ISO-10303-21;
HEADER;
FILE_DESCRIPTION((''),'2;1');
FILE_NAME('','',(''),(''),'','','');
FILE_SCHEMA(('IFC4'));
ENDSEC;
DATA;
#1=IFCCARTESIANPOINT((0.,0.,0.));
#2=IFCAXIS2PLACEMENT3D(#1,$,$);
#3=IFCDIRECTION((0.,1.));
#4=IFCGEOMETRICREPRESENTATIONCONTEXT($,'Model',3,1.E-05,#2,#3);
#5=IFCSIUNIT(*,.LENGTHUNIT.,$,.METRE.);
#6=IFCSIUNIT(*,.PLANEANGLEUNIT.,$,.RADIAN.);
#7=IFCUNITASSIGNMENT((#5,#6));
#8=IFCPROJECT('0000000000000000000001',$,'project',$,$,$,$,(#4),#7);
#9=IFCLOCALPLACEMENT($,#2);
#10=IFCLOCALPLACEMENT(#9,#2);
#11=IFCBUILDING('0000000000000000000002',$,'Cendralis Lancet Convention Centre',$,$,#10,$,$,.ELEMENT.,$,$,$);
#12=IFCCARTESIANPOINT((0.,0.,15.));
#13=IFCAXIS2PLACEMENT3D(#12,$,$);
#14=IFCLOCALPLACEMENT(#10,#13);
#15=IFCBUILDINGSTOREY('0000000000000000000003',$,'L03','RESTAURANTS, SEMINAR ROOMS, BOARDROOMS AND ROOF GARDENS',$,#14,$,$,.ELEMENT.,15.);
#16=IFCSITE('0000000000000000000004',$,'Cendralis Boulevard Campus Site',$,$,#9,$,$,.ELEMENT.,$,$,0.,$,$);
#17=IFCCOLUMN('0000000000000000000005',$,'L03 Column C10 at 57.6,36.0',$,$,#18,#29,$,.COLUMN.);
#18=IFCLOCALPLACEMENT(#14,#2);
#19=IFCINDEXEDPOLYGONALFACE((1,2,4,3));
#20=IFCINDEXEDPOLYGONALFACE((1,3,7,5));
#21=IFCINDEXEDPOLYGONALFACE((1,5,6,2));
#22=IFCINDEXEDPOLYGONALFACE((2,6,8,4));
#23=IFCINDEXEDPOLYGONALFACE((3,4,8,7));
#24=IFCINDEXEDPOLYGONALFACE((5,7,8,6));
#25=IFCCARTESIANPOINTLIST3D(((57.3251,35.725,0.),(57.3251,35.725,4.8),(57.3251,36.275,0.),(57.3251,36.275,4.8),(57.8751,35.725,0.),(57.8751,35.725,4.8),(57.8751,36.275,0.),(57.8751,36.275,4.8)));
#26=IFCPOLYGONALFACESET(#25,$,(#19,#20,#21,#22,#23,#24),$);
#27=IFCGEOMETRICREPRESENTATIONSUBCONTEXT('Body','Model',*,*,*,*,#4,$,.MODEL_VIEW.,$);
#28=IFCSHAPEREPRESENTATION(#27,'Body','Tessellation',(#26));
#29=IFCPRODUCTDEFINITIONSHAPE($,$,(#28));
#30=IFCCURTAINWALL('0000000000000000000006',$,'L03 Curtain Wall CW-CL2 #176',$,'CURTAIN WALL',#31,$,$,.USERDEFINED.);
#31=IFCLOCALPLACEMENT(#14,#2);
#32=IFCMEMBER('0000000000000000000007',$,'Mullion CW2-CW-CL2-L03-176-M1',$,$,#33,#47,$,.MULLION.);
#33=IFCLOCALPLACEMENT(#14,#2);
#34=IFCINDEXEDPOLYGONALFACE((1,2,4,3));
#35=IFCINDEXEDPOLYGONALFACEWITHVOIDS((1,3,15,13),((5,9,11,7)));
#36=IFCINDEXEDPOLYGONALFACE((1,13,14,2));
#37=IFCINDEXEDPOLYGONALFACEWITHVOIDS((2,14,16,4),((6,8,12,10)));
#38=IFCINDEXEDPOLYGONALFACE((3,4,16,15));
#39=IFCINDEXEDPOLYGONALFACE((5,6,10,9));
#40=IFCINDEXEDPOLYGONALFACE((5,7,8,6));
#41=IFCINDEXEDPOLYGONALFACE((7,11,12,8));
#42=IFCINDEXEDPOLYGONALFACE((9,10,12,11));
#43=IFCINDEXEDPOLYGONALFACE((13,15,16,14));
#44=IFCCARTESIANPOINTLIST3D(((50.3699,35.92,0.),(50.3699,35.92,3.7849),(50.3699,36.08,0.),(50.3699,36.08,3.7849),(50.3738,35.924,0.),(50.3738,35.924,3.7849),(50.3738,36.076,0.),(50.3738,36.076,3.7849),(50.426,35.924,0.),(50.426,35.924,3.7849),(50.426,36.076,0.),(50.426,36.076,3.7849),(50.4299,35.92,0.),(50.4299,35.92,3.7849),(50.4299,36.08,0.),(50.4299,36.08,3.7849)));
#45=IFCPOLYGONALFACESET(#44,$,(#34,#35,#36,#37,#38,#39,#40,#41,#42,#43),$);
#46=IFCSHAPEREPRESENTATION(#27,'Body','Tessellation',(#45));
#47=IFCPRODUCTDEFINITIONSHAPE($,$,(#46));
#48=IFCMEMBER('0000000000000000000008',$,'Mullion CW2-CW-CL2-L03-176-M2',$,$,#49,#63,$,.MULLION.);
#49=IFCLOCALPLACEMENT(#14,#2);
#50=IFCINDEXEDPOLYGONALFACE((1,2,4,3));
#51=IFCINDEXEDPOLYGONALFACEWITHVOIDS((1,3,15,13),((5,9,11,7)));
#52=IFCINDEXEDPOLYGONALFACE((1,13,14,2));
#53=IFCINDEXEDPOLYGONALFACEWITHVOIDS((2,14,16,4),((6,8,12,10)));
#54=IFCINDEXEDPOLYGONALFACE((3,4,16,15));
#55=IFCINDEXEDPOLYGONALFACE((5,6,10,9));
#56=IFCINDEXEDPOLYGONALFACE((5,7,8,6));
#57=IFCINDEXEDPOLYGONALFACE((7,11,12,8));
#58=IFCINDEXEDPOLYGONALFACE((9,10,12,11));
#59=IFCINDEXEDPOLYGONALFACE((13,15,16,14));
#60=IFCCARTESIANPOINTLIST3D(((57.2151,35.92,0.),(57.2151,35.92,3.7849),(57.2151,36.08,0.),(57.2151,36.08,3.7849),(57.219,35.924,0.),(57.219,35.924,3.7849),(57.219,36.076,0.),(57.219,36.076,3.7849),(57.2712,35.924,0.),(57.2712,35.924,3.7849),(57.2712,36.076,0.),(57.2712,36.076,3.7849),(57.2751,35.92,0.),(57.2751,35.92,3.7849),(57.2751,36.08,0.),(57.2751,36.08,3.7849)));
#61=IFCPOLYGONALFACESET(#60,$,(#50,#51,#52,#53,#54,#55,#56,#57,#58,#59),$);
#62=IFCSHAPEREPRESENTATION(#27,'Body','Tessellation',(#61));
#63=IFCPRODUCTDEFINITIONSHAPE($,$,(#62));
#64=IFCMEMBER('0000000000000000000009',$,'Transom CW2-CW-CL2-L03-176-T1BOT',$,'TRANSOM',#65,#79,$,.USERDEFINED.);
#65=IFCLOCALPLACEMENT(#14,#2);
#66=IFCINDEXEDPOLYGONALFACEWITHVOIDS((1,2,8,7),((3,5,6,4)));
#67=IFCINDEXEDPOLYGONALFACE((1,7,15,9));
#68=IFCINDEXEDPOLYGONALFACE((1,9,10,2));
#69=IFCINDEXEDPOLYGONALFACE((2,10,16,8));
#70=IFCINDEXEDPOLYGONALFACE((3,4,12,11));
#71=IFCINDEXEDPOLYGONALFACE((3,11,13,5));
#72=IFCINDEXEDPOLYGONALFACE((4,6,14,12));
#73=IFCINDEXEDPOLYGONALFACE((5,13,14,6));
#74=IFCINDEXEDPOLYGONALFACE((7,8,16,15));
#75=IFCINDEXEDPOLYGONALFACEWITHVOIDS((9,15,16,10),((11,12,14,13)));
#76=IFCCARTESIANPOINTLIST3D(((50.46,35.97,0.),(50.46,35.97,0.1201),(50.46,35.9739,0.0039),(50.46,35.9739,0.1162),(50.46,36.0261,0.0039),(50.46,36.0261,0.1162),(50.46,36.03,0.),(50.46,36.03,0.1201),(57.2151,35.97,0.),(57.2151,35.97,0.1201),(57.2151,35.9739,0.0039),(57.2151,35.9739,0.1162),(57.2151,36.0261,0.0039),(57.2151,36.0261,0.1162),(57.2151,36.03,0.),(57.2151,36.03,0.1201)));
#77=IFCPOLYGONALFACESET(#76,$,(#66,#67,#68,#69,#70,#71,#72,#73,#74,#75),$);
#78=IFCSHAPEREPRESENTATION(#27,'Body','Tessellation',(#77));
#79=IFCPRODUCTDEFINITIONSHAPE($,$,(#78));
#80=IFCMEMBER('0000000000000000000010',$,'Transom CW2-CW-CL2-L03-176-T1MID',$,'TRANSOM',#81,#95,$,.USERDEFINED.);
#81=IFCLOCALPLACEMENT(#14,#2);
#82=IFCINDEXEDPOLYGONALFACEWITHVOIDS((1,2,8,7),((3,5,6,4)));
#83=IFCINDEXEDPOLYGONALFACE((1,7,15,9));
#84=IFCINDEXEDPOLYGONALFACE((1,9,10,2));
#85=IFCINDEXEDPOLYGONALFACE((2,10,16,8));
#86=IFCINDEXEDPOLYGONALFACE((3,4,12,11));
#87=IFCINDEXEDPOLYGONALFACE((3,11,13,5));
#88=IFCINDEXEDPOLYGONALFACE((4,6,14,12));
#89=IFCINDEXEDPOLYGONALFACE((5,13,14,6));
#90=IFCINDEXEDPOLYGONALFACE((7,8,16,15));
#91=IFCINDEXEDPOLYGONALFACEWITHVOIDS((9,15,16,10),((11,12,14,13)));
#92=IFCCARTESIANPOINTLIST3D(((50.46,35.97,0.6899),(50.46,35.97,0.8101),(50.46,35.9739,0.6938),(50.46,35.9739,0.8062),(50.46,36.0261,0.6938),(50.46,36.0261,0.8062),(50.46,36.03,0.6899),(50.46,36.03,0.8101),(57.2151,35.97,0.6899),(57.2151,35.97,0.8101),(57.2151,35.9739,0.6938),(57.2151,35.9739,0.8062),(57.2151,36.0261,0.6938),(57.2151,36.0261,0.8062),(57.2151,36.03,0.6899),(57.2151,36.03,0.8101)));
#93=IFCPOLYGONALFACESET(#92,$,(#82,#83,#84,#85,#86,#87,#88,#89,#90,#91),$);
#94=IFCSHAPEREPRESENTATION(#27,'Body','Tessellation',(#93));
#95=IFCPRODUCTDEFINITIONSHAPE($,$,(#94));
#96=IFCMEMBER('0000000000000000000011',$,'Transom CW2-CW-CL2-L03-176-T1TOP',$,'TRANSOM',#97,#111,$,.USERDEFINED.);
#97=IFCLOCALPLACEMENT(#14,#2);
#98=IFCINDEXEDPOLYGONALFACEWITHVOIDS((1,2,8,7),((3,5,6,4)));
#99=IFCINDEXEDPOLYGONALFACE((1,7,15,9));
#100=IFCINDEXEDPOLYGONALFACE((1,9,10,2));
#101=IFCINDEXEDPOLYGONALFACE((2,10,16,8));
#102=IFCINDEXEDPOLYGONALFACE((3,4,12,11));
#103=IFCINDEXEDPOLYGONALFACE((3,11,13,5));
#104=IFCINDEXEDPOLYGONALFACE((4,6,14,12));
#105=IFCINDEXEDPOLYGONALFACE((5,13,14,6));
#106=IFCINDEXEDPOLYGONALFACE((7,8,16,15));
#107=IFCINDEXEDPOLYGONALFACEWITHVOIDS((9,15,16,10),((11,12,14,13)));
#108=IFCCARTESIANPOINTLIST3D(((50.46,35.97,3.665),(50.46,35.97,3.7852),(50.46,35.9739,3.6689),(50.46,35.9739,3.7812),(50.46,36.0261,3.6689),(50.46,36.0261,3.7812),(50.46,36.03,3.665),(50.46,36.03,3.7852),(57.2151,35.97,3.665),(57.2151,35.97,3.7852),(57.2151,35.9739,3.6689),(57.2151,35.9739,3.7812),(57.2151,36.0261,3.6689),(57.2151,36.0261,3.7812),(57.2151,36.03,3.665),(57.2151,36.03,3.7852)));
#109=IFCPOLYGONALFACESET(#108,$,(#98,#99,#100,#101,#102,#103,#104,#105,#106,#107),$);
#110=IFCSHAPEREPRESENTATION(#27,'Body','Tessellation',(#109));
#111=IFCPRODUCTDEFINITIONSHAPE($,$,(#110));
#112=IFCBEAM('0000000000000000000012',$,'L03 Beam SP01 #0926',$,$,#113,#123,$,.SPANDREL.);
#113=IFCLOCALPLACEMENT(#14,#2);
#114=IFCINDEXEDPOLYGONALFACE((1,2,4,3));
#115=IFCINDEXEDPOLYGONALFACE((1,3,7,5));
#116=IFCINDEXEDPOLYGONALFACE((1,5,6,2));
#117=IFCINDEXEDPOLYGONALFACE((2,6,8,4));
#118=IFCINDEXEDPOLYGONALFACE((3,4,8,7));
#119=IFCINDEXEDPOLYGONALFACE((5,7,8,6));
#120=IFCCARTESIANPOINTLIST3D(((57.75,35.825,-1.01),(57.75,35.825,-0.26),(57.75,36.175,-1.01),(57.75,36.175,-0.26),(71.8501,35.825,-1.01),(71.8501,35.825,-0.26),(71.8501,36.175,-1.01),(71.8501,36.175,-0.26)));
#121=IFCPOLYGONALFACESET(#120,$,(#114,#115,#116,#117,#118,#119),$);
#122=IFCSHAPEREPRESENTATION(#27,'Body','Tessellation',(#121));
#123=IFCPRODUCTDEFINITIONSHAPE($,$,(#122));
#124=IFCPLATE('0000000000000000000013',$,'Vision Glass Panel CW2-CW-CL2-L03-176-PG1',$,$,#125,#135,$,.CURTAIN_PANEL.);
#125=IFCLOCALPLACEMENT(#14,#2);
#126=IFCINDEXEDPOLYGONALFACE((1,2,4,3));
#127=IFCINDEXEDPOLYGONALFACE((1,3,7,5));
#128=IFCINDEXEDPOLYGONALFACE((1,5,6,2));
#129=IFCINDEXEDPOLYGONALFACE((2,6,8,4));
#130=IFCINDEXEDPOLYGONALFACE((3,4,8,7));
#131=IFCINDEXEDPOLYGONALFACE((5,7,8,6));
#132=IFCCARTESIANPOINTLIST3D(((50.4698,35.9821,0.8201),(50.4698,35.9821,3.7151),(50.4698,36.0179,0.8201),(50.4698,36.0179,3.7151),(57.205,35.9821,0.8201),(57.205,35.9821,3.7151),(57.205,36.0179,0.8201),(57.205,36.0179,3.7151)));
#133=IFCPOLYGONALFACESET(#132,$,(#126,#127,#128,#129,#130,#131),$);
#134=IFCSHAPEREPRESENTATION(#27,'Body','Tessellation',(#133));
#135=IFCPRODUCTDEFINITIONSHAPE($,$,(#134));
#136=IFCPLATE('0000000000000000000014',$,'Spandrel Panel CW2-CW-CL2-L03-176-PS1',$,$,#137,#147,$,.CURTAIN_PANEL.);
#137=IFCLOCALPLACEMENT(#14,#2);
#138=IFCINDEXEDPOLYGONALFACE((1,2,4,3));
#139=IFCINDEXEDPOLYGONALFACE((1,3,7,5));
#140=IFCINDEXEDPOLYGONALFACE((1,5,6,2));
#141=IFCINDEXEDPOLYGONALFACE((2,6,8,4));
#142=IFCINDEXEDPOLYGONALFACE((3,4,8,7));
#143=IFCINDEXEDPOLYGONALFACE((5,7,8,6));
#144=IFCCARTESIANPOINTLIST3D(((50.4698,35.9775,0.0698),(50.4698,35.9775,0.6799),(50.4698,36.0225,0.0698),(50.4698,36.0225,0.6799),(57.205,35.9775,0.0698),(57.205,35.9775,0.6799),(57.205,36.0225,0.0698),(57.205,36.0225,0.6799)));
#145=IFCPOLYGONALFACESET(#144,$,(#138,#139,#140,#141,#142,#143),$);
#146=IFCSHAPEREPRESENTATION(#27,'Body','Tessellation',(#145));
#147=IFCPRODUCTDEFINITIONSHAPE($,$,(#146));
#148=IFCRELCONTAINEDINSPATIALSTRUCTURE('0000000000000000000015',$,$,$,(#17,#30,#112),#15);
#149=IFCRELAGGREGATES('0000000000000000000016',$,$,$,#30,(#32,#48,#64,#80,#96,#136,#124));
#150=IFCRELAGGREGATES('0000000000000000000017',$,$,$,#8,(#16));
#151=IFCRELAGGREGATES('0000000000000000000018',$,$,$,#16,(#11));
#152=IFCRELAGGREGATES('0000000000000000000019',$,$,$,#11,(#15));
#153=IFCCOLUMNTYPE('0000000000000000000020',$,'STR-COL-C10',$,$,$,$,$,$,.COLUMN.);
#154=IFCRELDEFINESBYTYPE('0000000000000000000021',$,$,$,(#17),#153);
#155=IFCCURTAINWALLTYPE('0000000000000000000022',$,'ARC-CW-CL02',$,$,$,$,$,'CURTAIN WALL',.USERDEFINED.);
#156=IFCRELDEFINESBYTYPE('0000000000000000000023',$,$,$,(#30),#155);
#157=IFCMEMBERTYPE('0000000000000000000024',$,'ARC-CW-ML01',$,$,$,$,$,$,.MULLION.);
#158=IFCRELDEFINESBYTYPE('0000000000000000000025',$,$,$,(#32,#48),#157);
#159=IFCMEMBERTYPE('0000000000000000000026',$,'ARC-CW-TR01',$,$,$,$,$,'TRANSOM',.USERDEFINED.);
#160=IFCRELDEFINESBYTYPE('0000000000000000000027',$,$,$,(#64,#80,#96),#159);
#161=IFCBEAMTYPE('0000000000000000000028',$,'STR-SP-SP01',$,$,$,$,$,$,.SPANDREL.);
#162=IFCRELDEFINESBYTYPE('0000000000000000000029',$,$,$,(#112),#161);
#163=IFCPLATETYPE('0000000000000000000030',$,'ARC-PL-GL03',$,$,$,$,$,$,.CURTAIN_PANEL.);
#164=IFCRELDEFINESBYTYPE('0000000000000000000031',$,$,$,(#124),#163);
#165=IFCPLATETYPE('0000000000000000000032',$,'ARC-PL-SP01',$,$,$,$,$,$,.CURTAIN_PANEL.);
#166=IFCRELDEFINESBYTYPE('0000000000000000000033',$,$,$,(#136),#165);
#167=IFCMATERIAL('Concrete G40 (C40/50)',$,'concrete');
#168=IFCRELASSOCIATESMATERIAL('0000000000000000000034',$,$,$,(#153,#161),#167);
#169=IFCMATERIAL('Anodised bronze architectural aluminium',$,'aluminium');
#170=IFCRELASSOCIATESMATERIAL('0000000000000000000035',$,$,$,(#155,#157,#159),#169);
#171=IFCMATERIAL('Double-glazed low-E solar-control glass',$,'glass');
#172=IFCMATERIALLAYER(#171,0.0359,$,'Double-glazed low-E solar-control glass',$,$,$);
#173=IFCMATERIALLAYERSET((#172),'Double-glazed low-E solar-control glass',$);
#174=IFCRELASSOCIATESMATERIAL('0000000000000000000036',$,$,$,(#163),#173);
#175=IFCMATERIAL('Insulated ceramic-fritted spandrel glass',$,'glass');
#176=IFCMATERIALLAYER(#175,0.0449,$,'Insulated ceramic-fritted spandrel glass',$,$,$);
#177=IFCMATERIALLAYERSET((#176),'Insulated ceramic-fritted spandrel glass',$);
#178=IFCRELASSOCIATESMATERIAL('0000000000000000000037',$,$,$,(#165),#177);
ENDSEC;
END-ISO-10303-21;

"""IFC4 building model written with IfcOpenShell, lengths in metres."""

from ifc_helpers import new_model, si_unit, direction, frame, origin, origin_2d, place, context, subcontext, project, spatial, rectangle, hollow_rectangle, extrude, material, layer, layer_set, material_profile, profile_set, type_object, element, aggregate, save


model = new_model("IFC4")

# Units and contexts
model_context = context("Model", 3, precision=1e-05, world=origin(), true_north=direction((0.0, 1.0)))
body_context = subcontext(model_context, "Body", "Model", "MODEL_VIEW")
ifc_project = project(units=[si_unit("LENGTHUNIT", "METRE"), si_unit("PLANEANGLEUNIT", "RADIAN")], contexts=[model_context])

# Site, building, storey
site_placement = place(None, origin())
site = spatial("IfcSite", under=ifc_project, at=site_placement, Name="Cendralis Boulevard Campus Site", CompositionType="ELEMENT", RefElevation=0.0)
building_placement = place(site_placement, origin())
building = spatial("IfcBuilding", under=site, at=building_placement, Name="Cendralis Lancet Convention Centre", CompositionType="ELEMENT")
storey_placement = place(building_placement, frame((0.0, 0.0, 15.0)))
storey = spatial("IfcBuildingStorey", under=building, at=storey_placement, Name="L03", Description="RESTAURANTS, SEMINAR ROOMS, BOARDROOMS AND ROOF GARDENS", CompositionType="ELEMENT", Elevation=15.0)

# Column
ifc_material_1 = material(Name="Concrete G40 (C40/50)", Category="concrete")
ifc_material_profile_1 = material_profile(ifc_material_1, rectangle(XDim=0.55, YDim=0.55, at=origin_2d()), Name="RC 550x550")
ifc_profile_set_1 = profile_set([ifc_material_profile_1], Name="Concrete G40 (C40/50)")
column_type = type_object("IfcColumnType", Name="STR-COL-C10", PredefinedType="COLUMN", material=ifc_profile_set_1)
column_placement = place(storey_placement, frame((57.6001, 36.0, 0.0), z_axis=(0.0, 0.0, 1.0), x_axis=(1.0, 0.0, 0.0)))
element("IfcColumn", 1, at=column_placement, inside=storey, type_object=column_type, Name="L03 Column C10 at 57.6,36.0", PredefinedType="COLUMN", context=body_context, shape_type="SweptSolid", body=[
    extrude(rectangle(XDim=0.55, YDim=0.55, at=origin_2d()), origin(), (0.0, 0.0, 1.0), 4.8),
])

# Curtain wall, members
ifc_material_2 = material(Name="Anodised bronze architectural aluminium", Category="aluminium")
curtain_wall_type = type_object("IfcCurtainWallType", Name="ARC-CW-CL02", ElementType="CURTAIN WALL", PredefinedType="USERDEFINED", material=ifc_material_2)
curtain_wall_placement = place(storey_placement, origin())
curtain_wall = element("IfcCurtainWall", 2, at=curtain_wall_placement, inside=storey, type_object=curtain_wall_type, Name="L03 Curtain Wall CW-CL2 #176", ObjectType="CURTAIN WALL", PredefinedType="USERDEFINED")
ifc_material_profile_2 = material_profile(ifc_material_2, hollow_rectangle(XDim=0.0601, YDim=0.1599, WallThickness=0.0039, at=origin_2d()), Name="AL-MULL 60x160x4.0")
ifc_profile_set_2 = profile_set([ifc_material_profile_2], Name="Anodised bronze architectural aluminium")
member_type_1 = type_object("IfcMemberType", Name="ARC-CW-ML01", PredefinedType="MULLION", material=ifc_profile_set_2)
member_1_placement = place(storey_placement, frame((50.3999, 36.0, 0.0), z_axis=(0.0, 0.0, 1.0), x_axis=(1.0, 0.0, 0.0)))
member_1 = element("IfcMember", 3, at=member_1_placement, type_object=member_type_1, Name="Mullion CW2-CW-CL2-L03-176-M1", PredefinedType="MULLION", context=body_context, shape_type="SweptSolid", body=[
    extrude(hollow_rectangle(XDim=0.0601, YDim=0.1599, WallThickness=0.0039, at=origin_2d()), origin(), (0.0, 0.0, 1.0), 3.7849),
])
member_2_placement = place(storey_placement, frame((57.2451, 36.0, 0.0), z_axis=(0.0, 0.0, 1.0), x_axis=(1.0, 0.0, 0.0)))
member_2 = element("IfcMember", 4, at=member_2_placement, type_object=member_type_1, Name="Mullion CW2-CW-CL2-L03-176-M2", PredefinedType="MULLION", context=body_context, shape_type="SweptSolid", body=[
    extrude(hollow_rectangle(XDim=0.0601, YDim=0.1599, WallThickness=0.0039, at=origin_2d()), origin(), (0.0, 0.0, 1.0), 3.7849),
])
ifc_material_profile_3 = material_profile(ifc_material_2, hollow_rectangle(XDim=0.0601, YDim=0.1201, WallThickness=0.0039, at=origin_2d()), Name="AL-TRAN 60x120x4.0")
ifc_profile_set_3 = profile_set([ifc_material_profile_3], Name="Anodised bronze architectural aluminium")
member_type_2 = type_object("IfcMemberType", Name="ARC-CW-TR01", ElementType="TRANSOM", PredefinedType="USERDEFINED", material=ifc_profile_set_3)
member_3_placement = place(storey_placement, frame((50.46, 36.0, 0.0601), z_axis=(1.0, 0.0, 0.0), x_axis=(0.0, 1.0, 0.0)))
member_3 = element("IfcMember", 5, at=member_3_placement, type_object=member_type_2, Name="Transom CW2-CW-CL2-L03-176-T1BOT", ObjectType="TRANSOM", PredefinedType="USERDEFINED", context=body_context, shape_type="SweptSolid", body=[
    extrude(hollow_rectangle(XDim=0.0601, YDim=0.1201, WallThickness=0.0039, at=origin_2d()), origin(), (0.0, 0.0, 1.0), 6.7551),
])
member_4_placement = place(storey_placement, frame((50.46, 36.0, 0.75), z_axis=(1.0, 0.0, 0.0), x_axis=(0.0, 1.0, 0.0)))
member_4 = element("IfcMember", 6, at=member_4_placement, type_object=member_type_2, Name="Transom CW2-CW-CL2-L03-176-T1MID", ObjectType="TRANSOM", PredefinedType="USERDEFINED", context=body_context, shape_type="SweptSolid", body=[
    extrude(hollow_rectangle(XDim=0.0601, YDim=0.1201, WallThickness=0.0039, at=origin_2d()), origin(), (0.0, 0.0, 1.0), 6.7551),
])
member_5_placement = place(storey_placement, frame((50.46, 36.0, 3.7251), z_axis=(1.0, 0.0, 0.0), x_axis=(0.0, 1.0, 0.0)))
member_5 = element("IfcMember", 7, at=member_5_placement, type_object=member_type_2, Name="Transom CW2-CW-CL2-L03-176-T1TOP", ObjectType="TRANSOM", PredefinedType="USERDEFINED", context=body_context, shape_type="SweptSolid", body=[
    extrude(hollow_rectangle(XDim=0.0601, YDim=0.1201, WallThickness=0.0039, at=origin_2d()), origin(), (0.0, 0.0, 1.0), 6.7551),
])

# Beam
ifc_material_profile_4 = material_profile(ifc_material_1, rectangle(XDim=0.3501, YDim=0.75, at=origin_2d()), Name="RCB 350x750")
ifc_profile_set_4 = profile_set([ifc_material_profile_4], Name="Concrete G40 (C40/50)")
beam_type = type_object("IfcBeamType", Name="STR-SP-SP01", PredefinedType="SPANDREL", material=ifc_profile_set_4)
beam_placement = place(storey_placement, frame((57.75, 36.0, -0.635), z_axis=(1.0, 0.0, 0.0), x_axis=(0.0, 1.0, 0.0)))
element("IfcBeam", 8, at=beam_placement, inside=storey, type_object=beam_type, Name="L03 Beam SP01 #0926", PredefinedType="SPANDREL", context=body_context, shape_type="SweptSolid", body=[
    extrude(rectangle(XDim=0.3501, YDim=0.75, at=origin_2d()), origin(), (0.0, 0.0, 1.0), 14.1001),
])

# Plates
ifc_material_3 = material(Name="Double-glazed low-E solar-control glass", Category="glass")
ifc_layer_1 = layer(ifc_material_3, 0.0359, Name="Double-glazed low-E solar-control glass")
ifc_layer_set_1 = layer_set([ifc_layer_1], Name="Double-glazed low-E solar-control glass")
plate_type_1 = type_object("IfcPlateType", Name="ARC-PL-GL03", PredefinedType="CURTAIN_PANEL", material=ifc_layer_set_1)
plate_1_placement = place(storey_placement, frame((53.8374, 36.0, 0.8201), z_axis=(0.0, 0.0, 1.0), x_axis=(1.0, 0.0, 0.0)))
plate_1 = element("IfcPlate", 9, at=plate_1_placement, type_object=plate_type_1, Name="Vision Glass Panel CW2-CW-CL2-L03-176-PG1", PredefinedType="CURTAIN_PANEL", context=body_context, shape_type="SweptSolid", body=[
    extrude(rectangle(XDim=6.7351, YDim=0.0359, at=origin_2d()), origin(), (0.0, 0.0, 1.0), 2.895),
])
ifc_material_4 = material(Name="Insulated ceramic-fritted spandrel glass", Category="glass")
ifc_layer_2 = layer(ifc_material_4, 0.0449, Name="Insulated ceramic-fritted spandrel glass")
ifc_layer_set_2 = layer_set([ifc_layer_2], Name="Insulated ceramic-fritted spandrel glass")
plate_type_2 = type_object("IfcPlateType", Name="ARC-PL-SP01", PredefinedType="CURTAIN_PANEL", material=ifc_layer_set_2)
plate_2_placement = place(storey_placement, frame((53.8374, 36.0, 0.0698), z_axis=(0.0, 0.0, 1.0), x_axis=(1.0, 0.0, 0.0)))
plate_2 = element("IfcPlate", 10, at=plate_2_placement, type_object=plate_type_2, Name="Spandrel Panel CW2-CW-CL2-L03-176-PS1", PredefinedType="CURTAIN_PANEL", context=body_context, shape_type="SweptSolid", body=[
    extrude(rectangle(XDim=6.7351, YDim=0.0449, at=origin_2d()), origin(), (0.0, 0.0, 1.0), 0.6101),
])
aggregate(curtain_wall, [member_1, member_2, member_3, member_4, member_5, plate_2, plate_1])

save(model, "model.ifc")
